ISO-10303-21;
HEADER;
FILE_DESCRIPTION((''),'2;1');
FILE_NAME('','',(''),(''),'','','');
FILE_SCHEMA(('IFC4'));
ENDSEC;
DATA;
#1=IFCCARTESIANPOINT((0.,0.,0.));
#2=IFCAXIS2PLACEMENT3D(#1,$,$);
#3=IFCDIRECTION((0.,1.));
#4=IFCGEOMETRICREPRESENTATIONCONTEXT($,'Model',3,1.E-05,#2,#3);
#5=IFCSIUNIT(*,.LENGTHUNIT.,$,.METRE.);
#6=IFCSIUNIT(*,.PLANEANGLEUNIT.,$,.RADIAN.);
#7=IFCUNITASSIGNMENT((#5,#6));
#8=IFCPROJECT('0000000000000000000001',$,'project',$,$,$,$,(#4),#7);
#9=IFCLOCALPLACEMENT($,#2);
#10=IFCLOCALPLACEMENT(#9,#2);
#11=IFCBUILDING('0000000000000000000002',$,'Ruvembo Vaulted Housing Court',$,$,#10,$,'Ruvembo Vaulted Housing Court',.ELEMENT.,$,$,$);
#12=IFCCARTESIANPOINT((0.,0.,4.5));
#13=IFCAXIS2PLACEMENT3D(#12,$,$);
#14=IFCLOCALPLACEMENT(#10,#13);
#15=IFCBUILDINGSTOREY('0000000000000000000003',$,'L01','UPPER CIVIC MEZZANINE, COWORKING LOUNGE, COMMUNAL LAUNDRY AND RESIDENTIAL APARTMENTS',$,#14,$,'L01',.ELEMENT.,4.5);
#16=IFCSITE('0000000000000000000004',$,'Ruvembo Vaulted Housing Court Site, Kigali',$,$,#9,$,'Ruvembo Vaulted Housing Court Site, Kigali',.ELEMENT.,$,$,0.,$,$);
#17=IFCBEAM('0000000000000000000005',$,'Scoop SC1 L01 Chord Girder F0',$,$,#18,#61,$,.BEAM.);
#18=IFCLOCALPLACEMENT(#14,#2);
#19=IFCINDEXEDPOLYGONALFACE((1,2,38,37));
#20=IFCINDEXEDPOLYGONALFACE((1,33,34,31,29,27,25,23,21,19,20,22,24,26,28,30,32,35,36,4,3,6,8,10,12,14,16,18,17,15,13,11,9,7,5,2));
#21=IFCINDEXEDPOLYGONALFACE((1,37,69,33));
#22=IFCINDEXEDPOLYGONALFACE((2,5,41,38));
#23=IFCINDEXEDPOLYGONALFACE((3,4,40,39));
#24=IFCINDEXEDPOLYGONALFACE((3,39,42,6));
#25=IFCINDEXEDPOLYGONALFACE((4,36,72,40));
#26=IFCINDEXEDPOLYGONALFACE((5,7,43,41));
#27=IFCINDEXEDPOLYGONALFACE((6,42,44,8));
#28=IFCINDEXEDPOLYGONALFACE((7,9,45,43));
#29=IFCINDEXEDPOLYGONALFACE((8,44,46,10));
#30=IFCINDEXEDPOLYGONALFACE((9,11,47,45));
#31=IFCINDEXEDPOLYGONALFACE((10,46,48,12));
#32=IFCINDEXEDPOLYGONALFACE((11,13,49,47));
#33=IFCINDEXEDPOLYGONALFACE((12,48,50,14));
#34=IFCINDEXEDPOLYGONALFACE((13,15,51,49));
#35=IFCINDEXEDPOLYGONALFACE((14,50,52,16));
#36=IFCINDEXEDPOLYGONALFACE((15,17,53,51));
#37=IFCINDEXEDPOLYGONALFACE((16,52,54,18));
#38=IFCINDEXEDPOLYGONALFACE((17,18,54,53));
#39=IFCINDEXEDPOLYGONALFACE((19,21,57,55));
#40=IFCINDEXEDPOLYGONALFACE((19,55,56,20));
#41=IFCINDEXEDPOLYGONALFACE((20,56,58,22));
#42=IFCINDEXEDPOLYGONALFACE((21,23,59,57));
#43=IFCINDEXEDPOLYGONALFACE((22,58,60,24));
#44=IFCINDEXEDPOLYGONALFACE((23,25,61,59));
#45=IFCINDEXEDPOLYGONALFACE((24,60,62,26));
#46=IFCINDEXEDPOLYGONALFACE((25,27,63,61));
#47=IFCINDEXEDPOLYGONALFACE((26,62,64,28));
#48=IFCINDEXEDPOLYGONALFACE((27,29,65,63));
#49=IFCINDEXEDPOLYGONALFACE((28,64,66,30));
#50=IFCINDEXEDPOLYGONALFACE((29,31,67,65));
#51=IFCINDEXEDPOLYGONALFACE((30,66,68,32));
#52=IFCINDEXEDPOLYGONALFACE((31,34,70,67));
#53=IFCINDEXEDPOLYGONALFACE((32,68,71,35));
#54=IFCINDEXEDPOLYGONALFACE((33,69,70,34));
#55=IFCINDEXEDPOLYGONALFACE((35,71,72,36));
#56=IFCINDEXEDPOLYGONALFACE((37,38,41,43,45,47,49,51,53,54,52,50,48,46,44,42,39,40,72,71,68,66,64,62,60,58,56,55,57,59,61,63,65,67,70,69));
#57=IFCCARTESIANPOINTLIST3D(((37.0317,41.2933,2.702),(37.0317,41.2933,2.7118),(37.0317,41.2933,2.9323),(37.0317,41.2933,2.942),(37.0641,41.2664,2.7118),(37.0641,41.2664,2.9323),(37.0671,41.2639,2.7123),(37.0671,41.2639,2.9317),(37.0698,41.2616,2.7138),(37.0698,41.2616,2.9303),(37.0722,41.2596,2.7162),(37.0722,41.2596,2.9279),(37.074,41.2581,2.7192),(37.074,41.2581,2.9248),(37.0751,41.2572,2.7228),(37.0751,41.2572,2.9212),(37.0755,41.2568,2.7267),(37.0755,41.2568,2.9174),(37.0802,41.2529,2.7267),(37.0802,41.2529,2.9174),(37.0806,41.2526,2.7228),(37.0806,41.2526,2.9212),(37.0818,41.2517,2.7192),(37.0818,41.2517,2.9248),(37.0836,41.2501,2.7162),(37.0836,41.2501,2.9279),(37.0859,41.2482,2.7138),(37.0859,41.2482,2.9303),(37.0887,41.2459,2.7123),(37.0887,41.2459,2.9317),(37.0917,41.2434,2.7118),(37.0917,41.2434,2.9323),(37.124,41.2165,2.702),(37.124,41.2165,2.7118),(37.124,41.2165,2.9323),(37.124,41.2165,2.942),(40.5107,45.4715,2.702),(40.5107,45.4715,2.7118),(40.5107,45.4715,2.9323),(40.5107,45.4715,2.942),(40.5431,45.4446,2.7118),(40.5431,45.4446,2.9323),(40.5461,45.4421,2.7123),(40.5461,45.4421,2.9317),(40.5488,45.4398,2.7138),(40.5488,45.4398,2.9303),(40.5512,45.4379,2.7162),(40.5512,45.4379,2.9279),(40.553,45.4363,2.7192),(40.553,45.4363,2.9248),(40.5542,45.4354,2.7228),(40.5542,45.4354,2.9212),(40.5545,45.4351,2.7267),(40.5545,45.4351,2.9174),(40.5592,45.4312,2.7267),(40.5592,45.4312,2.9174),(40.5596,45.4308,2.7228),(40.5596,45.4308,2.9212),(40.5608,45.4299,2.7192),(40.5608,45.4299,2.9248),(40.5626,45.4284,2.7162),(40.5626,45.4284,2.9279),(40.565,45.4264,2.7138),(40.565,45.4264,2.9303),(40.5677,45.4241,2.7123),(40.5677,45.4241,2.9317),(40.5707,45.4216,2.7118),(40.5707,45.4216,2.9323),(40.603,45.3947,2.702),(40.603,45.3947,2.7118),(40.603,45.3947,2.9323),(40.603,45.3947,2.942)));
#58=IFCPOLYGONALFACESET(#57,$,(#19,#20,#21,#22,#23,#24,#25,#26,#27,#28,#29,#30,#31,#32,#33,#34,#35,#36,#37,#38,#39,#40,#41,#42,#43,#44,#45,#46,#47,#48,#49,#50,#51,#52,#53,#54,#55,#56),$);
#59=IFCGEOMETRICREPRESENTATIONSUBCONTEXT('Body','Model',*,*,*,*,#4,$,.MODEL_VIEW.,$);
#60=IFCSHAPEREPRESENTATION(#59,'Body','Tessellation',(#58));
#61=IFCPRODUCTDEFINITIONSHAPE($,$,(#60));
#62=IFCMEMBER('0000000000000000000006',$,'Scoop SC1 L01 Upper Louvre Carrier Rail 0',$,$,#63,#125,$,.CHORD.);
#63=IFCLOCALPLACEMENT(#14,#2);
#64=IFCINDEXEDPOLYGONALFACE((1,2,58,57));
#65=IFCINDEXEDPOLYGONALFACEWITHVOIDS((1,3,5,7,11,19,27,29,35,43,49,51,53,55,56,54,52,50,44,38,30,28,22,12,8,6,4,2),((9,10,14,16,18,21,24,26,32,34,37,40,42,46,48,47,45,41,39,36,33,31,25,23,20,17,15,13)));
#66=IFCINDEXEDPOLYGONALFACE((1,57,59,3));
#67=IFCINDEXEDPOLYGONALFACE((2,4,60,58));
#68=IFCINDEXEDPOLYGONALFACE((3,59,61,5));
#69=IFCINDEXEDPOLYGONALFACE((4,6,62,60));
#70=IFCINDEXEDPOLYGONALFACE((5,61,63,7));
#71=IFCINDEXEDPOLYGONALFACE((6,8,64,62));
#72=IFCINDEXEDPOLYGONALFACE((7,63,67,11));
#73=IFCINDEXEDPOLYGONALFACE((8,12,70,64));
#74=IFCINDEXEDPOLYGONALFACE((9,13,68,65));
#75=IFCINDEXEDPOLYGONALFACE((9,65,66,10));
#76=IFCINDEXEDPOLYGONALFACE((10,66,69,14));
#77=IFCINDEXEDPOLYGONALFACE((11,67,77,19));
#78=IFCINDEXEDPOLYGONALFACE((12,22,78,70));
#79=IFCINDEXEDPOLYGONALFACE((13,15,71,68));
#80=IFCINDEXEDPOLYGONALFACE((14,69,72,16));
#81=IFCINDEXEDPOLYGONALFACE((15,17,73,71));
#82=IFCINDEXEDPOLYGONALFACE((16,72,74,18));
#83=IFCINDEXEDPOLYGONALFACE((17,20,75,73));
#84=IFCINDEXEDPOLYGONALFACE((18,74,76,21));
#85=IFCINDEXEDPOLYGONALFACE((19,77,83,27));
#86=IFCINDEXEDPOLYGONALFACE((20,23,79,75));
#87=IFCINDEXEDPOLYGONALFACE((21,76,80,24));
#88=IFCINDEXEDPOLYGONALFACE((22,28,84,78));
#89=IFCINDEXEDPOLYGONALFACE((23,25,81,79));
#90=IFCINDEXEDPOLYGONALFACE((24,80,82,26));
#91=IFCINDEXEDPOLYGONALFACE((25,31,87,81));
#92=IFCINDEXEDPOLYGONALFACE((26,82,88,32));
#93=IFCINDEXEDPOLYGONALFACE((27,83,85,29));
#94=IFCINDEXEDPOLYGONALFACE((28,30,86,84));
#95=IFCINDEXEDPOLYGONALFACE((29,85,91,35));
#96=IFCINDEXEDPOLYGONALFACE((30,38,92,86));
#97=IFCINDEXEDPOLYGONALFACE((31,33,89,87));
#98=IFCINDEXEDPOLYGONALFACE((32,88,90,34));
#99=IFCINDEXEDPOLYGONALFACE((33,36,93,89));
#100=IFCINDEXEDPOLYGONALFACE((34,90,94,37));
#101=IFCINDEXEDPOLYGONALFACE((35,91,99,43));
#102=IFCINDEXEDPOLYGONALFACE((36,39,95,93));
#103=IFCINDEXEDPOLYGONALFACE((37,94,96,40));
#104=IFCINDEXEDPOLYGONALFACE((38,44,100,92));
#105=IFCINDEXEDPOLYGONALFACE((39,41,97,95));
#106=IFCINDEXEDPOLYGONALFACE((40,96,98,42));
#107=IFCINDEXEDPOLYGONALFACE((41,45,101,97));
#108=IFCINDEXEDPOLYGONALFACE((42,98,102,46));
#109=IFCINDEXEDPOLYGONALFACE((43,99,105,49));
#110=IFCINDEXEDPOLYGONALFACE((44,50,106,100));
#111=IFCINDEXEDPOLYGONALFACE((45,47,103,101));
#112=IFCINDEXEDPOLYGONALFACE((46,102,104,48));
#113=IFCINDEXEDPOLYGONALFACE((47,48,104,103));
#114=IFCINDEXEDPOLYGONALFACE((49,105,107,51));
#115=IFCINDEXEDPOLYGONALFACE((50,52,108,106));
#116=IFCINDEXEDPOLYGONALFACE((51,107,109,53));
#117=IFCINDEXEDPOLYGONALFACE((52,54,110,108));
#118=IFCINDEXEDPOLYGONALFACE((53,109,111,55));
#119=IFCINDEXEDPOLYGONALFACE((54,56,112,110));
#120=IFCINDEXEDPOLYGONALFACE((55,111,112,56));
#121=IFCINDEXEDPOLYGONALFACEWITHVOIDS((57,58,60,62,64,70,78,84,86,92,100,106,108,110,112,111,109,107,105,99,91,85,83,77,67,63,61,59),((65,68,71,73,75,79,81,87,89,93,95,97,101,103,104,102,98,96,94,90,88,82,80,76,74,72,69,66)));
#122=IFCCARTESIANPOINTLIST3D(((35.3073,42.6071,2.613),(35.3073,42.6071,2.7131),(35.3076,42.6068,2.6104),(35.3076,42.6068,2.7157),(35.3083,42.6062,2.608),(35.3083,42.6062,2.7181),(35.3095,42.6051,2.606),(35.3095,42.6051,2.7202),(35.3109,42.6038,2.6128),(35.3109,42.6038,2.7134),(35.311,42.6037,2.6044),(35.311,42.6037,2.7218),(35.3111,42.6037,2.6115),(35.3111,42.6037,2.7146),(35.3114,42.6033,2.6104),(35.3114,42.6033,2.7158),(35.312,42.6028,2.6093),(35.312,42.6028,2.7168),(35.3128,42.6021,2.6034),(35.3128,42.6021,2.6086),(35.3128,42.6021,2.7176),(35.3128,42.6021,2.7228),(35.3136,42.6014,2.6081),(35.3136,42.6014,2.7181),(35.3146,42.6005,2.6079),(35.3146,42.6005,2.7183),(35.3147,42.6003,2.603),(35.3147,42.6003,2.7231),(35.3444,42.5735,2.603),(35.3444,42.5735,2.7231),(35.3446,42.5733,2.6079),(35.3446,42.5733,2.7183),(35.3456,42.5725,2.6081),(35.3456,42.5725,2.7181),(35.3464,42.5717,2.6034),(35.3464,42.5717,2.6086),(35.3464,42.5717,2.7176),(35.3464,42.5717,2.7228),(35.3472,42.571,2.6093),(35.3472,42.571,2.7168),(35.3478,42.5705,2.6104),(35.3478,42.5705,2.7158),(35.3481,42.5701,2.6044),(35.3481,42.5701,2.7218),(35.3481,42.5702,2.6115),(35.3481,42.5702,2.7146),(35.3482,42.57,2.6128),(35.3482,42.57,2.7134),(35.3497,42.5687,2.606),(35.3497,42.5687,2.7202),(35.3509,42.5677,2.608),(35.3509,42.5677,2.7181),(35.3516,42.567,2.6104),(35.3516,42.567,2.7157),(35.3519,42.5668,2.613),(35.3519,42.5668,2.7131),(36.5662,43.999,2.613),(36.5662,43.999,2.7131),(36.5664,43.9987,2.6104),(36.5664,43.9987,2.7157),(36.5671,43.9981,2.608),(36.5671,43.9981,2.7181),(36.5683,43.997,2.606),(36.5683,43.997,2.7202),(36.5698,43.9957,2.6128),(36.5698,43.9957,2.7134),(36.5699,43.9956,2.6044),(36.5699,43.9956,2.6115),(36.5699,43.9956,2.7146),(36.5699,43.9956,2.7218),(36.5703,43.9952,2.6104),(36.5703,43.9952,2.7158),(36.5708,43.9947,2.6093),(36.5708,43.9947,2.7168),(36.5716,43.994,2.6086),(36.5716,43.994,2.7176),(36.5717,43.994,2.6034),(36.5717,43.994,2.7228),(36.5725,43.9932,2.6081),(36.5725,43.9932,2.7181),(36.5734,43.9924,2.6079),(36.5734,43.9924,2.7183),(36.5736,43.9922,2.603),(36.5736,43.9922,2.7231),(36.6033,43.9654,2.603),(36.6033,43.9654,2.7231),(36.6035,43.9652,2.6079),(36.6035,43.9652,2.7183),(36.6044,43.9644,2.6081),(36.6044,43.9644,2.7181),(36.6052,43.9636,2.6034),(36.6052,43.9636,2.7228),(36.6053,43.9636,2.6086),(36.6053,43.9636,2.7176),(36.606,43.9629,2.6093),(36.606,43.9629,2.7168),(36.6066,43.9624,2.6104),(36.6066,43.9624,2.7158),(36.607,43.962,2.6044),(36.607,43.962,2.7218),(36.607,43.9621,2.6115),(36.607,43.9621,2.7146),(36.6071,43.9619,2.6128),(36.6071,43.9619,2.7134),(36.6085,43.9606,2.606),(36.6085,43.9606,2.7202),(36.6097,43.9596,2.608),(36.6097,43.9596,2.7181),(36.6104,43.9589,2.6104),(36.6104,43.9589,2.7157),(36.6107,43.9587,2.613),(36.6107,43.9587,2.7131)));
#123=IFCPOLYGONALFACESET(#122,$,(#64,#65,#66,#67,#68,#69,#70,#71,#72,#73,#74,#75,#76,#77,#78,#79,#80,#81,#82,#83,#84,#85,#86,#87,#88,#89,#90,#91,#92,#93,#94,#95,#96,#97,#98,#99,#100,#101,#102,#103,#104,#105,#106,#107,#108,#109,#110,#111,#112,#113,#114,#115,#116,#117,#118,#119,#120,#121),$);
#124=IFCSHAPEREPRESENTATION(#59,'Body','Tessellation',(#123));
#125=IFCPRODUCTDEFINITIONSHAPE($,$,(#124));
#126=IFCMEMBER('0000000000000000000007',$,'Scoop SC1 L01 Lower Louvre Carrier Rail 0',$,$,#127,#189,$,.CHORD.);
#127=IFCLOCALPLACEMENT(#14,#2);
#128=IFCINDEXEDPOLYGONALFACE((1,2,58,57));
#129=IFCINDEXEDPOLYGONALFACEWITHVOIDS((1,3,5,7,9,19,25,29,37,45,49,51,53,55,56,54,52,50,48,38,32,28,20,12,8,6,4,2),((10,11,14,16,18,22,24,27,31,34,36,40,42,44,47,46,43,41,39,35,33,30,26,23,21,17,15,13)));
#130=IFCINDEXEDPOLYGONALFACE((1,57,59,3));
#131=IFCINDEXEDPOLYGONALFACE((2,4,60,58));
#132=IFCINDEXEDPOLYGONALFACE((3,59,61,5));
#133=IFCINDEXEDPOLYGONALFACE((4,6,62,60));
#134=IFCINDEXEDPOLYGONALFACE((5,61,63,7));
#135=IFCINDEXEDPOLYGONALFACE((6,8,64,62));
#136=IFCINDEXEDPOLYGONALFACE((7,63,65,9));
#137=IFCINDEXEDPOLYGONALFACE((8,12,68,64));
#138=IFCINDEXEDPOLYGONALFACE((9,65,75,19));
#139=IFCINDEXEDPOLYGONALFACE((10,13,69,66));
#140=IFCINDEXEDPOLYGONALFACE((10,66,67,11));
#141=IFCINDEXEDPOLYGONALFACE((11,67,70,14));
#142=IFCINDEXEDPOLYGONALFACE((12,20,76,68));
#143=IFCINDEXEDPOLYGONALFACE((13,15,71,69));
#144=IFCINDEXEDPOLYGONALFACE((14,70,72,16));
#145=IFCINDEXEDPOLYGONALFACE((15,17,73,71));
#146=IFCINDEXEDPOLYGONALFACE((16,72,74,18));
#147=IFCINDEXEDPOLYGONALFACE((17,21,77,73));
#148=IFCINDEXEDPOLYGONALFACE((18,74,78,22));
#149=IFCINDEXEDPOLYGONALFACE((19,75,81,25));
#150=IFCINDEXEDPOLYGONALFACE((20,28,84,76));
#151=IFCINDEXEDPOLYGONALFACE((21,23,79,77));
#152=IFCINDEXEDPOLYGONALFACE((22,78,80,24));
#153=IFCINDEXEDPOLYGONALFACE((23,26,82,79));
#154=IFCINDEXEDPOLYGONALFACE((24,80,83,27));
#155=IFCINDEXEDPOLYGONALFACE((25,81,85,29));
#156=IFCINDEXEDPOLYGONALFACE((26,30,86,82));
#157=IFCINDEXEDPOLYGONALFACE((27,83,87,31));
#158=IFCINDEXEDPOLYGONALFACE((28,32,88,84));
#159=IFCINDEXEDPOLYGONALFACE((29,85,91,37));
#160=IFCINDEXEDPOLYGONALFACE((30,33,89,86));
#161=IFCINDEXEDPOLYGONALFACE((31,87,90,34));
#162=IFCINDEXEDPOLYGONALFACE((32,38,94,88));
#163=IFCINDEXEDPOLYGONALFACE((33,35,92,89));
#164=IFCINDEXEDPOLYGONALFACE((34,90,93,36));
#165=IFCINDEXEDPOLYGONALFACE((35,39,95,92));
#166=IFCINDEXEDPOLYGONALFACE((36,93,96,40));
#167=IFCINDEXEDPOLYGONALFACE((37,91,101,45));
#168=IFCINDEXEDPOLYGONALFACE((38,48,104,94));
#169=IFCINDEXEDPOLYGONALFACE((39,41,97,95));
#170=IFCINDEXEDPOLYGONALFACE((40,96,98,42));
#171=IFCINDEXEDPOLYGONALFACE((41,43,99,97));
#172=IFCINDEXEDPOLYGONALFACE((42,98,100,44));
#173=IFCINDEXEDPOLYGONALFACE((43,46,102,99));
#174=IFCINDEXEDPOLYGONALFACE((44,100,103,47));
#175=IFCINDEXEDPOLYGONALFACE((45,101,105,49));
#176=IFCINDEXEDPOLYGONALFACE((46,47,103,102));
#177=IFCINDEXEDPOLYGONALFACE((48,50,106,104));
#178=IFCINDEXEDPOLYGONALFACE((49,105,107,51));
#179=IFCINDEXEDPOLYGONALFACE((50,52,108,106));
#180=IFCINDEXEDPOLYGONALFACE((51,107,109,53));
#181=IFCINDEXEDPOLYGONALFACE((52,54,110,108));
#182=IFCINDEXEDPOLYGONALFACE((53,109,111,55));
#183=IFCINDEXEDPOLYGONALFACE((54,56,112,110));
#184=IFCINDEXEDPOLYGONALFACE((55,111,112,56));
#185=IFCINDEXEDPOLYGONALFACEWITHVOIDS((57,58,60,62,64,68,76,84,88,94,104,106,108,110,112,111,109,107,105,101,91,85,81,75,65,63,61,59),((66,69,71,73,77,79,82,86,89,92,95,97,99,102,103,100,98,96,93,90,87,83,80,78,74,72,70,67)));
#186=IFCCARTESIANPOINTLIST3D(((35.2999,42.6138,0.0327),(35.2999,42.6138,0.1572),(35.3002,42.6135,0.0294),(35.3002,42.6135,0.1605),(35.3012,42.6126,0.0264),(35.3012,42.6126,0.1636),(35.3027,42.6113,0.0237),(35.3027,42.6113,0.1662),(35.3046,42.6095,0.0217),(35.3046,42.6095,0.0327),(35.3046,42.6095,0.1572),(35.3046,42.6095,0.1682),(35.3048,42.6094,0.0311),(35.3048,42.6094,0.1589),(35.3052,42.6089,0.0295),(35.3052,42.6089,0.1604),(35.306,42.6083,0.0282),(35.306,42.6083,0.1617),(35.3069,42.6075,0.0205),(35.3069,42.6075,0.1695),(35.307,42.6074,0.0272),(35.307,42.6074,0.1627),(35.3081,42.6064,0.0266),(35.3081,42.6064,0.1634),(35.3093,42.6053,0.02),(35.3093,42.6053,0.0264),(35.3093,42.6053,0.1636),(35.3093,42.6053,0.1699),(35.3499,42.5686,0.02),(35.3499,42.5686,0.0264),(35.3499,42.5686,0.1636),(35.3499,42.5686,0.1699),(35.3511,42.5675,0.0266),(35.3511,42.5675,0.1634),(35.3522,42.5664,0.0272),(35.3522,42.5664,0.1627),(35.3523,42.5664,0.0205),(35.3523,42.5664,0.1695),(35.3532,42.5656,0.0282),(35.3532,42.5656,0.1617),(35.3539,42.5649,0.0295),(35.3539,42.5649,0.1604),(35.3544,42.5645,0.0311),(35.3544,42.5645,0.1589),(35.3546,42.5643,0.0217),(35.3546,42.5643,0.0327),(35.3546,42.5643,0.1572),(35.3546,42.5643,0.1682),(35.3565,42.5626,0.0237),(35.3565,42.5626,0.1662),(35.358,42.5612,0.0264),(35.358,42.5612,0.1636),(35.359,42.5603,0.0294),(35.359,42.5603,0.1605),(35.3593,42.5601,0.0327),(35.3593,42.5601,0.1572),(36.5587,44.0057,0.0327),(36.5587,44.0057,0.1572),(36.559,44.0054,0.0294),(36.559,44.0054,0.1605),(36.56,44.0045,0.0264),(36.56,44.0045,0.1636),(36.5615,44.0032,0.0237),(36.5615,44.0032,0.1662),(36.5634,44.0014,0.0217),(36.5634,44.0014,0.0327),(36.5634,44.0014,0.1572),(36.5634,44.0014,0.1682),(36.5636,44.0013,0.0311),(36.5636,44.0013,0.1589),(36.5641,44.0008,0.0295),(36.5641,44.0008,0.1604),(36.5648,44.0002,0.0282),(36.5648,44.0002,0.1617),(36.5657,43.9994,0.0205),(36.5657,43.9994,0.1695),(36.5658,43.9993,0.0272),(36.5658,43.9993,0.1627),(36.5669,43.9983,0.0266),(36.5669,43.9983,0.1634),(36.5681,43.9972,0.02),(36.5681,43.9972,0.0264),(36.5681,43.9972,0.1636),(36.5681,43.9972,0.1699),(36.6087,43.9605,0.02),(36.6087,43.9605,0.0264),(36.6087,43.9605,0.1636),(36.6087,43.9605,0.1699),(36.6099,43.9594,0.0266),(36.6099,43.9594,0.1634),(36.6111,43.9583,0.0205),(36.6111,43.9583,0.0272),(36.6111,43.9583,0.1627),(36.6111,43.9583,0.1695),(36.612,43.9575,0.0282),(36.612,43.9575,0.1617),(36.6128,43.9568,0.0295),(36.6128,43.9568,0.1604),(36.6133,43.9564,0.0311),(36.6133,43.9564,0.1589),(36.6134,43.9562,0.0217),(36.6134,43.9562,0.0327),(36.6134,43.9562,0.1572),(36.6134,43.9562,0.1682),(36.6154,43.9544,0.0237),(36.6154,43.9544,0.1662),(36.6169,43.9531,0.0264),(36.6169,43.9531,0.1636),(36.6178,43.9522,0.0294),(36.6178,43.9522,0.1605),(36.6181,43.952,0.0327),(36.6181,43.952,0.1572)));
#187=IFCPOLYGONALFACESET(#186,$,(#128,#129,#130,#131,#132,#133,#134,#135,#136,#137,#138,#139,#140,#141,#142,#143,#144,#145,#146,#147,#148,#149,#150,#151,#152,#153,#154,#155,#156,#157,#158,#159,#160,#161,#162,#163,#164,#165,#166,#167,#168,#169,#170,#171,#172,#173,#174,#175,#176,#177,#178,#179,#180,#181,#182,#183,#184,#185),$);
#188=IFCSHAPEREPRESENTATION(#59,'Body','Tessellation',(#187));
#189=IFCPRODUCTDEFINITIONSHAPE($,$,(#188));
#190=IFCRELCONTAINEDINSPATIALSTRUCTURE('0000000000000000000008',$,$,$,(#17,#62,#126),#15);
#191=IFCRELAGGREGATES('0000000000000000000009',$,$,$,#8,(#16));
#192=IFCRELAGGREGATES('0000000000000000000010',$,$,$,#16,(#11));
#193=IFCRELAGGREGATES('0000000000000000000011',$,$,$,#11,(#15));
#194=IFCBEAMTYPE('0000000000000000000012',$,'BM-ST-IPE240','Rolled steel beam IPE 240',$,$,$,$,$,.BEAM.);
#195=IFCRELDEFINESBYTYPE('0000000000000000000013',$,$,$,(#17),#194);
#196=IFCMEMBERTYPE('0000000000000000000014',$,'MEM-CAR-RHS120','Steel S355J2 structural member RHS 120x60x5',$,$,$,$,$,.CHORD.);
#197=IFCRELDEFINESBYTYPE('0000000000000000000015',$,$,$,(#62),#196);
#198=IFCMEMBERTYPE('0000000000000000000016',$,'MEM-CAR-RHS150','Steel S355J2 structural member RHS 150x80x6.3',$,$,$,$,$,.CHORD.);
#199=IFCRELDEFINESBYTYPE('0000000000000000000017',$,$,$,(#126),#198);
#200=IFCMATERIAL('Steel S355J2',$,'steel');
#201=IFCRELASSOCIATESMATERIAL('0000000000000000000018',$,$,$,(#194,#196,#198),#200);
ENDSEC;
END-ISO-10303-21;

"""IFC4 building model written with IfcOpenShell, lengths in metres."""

from ifc_helpers import new_model, si_unit, direction, frame, origin, origin_2d, place, context, subcontext, project, spatial, hollow_rectangle, i_section, extrude, material, material_profile, profile_set, type_object, element, save


model = new_model("IFC4")

# Units and contexts
model_context = context("Model", 3, precision=1e-05, world=origin(), true_north=direction((0.0, 1.0)))
body_context = subcontext(model_context, "Body", "Model", "MODEL_VIEW")
ifc_project = project(units=[si_unit("LENGTHUNIT", "METRE"), si_unit("PLANEANGLEUNIT", "RADIAN")], contexts=[model_context])

# Site, building, storey
site_placement = place(None, origin())
site = spatial("IfcSite", under=ifc_project, at=site_placement, Name="Ruvembo Vaulted Housing Court Site, Kigali", LongName="Ruvembo Vaulted Housing Court Site, Kigali", CompositionType="ELEMENT", RefElevation=0.0)
building_placement = place(site_placement, origin())
building = spatial("IfcBuilding", under=site, at=building_placement, Name="Ruvembo Vaulted Housing Court", LongName="Ruvembo Vaulted Housing Court", CompositionType="ELEMENT")
storey_placement = place(building_placement, frame((0.0, 0.0, 4.5)))
storey = spatial("IfcBuildingStorey", under=building, at=storey_placement, Name="L01", Description="UPPER CIVIC MEZZANINE, COWORKING LOUNGE, COMMUNAL LAUNDRY AND RESIDENTIAL APARTMENTS", LongName="L01", CompositionType="ELEMENT", Elevation=4.5)

# Beam
ifc_material_1 = material(Name="Steel S355J2", Category="steel")
ifc_material_profile_1 = material_profile(ifc_material_1, i_section(OverallWidth=0.1201, OverallDepth=0.24, WebThickness=0.0061, FlangeThickness=0.0098, FilletRadius=0.0149, at=origin_2d()), Name="IPE 240")
ifc_profile_set_1 = profile_set([ifc_material_profile_1], Name="Steel S355J2")
beam_type_1 = type_object("IfcBeamType", Name="BM-ST-IPE240", Description="Rolled steel beam IPE 240", PredefinedType="BEAM", material=ifc_profile_set_1)
beam_1_placement = place(storey_placement, frame((37.0779, 41.2549, 2.822), z_axis=(0.639875, 0.768479, 0.0), x_axis=(-0.768479, 0.639875, 0.0)))
element("IfcBeam", 1, at=beam_1_placement, inside=storey, type_object=beam_type_1, Name="Scoop SC1 L01 Chord Girder F0", PredefinedType="BEAM", context=body_context, shape_type="SweptSolid", body=[
    extrude(i_section(OverallWidth=0.1201, OverallDepth=0.24, WebThickness=0.0061, FlangeThickness=0.0098, FilletRadius=0.0149, at=origin_2d()), origin(), (0.0, 0.0, 1.0), 5.437),
])

# Members
ifc_material_profile_2 = material_profile(ifc_material_1, hollow_rectangle(XDim=0.0601, YDim=0.1201, WallThickness=0.0049, InnerFilletRadius=0.0049, OuterFilletRadius=0.01, at=origin_2d()), Name="RHS 120x60x5")
ifc_profile_set_2 = profile_set([ifc_material_profile_2], Name="Steel S355J2")
member_type_1 = type_object("IfcMemberType", Name="MEM-CAR-RHS120", Description="Steel S355J2 structural member RHS 120x60x5", PredefinedType="CHORD", material=ifc_profile_set_2)
member_1_placement = place(storey_placement, frame((35.3296, 42.5869, 2.6631), z_axis=(0.670767, 0.741668, 0.0), x_axis=(-0.741668, 0.670767, 0.0)))
element("IfcMember", 2, at=member_1_placement, inside=storey, type_object=member_type_1, Name="Scoop SC1 L01 Upper Louvre Carrier Rail 0", PredefinedType="CHORD", context=body_context, shape_type="SweptSolid", body=[
    extrude(hollow_rectangle(XDim=0.0601, YDim=0.1201, WallThickness=0.0049, InnerFilletRadius=0.0049, OuterFilletRadius=0.01, at=origin_2d()), origin(), (0.0, 0.0, 1.0), 1.8767),
])
ifc_material_profile_3 = material_profile(ifc_material_1, hollow_rectangle(XDim=0.0801, YDim=0.1499, WallThickness=0.0063, InnerFilletRadius=0.0063, OuterFilletRadius=0.0127, at=origin_2d()), Name="RHS 150x80x6.3")
ifc_profile_set_3 = profile_set([ifc_material_profile_3], Name="Steel S355J2")
member_type_2 = type_object("IfcMemberType", Name="MEM-CAR-RHS150", Description="Steel S355J2 structural member RHS 150x80x6.3", PredefinedType="CHORD", material=ifc_profile_set_3)
member_2_placement = place(storey_placement, frame((35.3296, 42.5869, 0.095), z_axis=(0.670767, 0.741668, 0.0), x_axis=(-0.741668, 0.670767, 0.0)))
element("IfcMember", 3, at=member_2_placement, inside=storey, type_object=member_type_2, Name="Scoop SC1 L01 Lower Louvre Carrier Rail 0", PredefinedType="CHORD", context=body_context, shape_type="SweptSolid", body=[
    extrude(hollow_rectangle(XDim=0.0801, YDim=0.1499, WallThickness=0.0063, InnerFilletRadius=0.0063, OuterFilletRadius=0.0127, at=origin_2d()), origin(), (0.0, 0.0, 1.0), 1.8767),
])

save(model, "model.ifc")
